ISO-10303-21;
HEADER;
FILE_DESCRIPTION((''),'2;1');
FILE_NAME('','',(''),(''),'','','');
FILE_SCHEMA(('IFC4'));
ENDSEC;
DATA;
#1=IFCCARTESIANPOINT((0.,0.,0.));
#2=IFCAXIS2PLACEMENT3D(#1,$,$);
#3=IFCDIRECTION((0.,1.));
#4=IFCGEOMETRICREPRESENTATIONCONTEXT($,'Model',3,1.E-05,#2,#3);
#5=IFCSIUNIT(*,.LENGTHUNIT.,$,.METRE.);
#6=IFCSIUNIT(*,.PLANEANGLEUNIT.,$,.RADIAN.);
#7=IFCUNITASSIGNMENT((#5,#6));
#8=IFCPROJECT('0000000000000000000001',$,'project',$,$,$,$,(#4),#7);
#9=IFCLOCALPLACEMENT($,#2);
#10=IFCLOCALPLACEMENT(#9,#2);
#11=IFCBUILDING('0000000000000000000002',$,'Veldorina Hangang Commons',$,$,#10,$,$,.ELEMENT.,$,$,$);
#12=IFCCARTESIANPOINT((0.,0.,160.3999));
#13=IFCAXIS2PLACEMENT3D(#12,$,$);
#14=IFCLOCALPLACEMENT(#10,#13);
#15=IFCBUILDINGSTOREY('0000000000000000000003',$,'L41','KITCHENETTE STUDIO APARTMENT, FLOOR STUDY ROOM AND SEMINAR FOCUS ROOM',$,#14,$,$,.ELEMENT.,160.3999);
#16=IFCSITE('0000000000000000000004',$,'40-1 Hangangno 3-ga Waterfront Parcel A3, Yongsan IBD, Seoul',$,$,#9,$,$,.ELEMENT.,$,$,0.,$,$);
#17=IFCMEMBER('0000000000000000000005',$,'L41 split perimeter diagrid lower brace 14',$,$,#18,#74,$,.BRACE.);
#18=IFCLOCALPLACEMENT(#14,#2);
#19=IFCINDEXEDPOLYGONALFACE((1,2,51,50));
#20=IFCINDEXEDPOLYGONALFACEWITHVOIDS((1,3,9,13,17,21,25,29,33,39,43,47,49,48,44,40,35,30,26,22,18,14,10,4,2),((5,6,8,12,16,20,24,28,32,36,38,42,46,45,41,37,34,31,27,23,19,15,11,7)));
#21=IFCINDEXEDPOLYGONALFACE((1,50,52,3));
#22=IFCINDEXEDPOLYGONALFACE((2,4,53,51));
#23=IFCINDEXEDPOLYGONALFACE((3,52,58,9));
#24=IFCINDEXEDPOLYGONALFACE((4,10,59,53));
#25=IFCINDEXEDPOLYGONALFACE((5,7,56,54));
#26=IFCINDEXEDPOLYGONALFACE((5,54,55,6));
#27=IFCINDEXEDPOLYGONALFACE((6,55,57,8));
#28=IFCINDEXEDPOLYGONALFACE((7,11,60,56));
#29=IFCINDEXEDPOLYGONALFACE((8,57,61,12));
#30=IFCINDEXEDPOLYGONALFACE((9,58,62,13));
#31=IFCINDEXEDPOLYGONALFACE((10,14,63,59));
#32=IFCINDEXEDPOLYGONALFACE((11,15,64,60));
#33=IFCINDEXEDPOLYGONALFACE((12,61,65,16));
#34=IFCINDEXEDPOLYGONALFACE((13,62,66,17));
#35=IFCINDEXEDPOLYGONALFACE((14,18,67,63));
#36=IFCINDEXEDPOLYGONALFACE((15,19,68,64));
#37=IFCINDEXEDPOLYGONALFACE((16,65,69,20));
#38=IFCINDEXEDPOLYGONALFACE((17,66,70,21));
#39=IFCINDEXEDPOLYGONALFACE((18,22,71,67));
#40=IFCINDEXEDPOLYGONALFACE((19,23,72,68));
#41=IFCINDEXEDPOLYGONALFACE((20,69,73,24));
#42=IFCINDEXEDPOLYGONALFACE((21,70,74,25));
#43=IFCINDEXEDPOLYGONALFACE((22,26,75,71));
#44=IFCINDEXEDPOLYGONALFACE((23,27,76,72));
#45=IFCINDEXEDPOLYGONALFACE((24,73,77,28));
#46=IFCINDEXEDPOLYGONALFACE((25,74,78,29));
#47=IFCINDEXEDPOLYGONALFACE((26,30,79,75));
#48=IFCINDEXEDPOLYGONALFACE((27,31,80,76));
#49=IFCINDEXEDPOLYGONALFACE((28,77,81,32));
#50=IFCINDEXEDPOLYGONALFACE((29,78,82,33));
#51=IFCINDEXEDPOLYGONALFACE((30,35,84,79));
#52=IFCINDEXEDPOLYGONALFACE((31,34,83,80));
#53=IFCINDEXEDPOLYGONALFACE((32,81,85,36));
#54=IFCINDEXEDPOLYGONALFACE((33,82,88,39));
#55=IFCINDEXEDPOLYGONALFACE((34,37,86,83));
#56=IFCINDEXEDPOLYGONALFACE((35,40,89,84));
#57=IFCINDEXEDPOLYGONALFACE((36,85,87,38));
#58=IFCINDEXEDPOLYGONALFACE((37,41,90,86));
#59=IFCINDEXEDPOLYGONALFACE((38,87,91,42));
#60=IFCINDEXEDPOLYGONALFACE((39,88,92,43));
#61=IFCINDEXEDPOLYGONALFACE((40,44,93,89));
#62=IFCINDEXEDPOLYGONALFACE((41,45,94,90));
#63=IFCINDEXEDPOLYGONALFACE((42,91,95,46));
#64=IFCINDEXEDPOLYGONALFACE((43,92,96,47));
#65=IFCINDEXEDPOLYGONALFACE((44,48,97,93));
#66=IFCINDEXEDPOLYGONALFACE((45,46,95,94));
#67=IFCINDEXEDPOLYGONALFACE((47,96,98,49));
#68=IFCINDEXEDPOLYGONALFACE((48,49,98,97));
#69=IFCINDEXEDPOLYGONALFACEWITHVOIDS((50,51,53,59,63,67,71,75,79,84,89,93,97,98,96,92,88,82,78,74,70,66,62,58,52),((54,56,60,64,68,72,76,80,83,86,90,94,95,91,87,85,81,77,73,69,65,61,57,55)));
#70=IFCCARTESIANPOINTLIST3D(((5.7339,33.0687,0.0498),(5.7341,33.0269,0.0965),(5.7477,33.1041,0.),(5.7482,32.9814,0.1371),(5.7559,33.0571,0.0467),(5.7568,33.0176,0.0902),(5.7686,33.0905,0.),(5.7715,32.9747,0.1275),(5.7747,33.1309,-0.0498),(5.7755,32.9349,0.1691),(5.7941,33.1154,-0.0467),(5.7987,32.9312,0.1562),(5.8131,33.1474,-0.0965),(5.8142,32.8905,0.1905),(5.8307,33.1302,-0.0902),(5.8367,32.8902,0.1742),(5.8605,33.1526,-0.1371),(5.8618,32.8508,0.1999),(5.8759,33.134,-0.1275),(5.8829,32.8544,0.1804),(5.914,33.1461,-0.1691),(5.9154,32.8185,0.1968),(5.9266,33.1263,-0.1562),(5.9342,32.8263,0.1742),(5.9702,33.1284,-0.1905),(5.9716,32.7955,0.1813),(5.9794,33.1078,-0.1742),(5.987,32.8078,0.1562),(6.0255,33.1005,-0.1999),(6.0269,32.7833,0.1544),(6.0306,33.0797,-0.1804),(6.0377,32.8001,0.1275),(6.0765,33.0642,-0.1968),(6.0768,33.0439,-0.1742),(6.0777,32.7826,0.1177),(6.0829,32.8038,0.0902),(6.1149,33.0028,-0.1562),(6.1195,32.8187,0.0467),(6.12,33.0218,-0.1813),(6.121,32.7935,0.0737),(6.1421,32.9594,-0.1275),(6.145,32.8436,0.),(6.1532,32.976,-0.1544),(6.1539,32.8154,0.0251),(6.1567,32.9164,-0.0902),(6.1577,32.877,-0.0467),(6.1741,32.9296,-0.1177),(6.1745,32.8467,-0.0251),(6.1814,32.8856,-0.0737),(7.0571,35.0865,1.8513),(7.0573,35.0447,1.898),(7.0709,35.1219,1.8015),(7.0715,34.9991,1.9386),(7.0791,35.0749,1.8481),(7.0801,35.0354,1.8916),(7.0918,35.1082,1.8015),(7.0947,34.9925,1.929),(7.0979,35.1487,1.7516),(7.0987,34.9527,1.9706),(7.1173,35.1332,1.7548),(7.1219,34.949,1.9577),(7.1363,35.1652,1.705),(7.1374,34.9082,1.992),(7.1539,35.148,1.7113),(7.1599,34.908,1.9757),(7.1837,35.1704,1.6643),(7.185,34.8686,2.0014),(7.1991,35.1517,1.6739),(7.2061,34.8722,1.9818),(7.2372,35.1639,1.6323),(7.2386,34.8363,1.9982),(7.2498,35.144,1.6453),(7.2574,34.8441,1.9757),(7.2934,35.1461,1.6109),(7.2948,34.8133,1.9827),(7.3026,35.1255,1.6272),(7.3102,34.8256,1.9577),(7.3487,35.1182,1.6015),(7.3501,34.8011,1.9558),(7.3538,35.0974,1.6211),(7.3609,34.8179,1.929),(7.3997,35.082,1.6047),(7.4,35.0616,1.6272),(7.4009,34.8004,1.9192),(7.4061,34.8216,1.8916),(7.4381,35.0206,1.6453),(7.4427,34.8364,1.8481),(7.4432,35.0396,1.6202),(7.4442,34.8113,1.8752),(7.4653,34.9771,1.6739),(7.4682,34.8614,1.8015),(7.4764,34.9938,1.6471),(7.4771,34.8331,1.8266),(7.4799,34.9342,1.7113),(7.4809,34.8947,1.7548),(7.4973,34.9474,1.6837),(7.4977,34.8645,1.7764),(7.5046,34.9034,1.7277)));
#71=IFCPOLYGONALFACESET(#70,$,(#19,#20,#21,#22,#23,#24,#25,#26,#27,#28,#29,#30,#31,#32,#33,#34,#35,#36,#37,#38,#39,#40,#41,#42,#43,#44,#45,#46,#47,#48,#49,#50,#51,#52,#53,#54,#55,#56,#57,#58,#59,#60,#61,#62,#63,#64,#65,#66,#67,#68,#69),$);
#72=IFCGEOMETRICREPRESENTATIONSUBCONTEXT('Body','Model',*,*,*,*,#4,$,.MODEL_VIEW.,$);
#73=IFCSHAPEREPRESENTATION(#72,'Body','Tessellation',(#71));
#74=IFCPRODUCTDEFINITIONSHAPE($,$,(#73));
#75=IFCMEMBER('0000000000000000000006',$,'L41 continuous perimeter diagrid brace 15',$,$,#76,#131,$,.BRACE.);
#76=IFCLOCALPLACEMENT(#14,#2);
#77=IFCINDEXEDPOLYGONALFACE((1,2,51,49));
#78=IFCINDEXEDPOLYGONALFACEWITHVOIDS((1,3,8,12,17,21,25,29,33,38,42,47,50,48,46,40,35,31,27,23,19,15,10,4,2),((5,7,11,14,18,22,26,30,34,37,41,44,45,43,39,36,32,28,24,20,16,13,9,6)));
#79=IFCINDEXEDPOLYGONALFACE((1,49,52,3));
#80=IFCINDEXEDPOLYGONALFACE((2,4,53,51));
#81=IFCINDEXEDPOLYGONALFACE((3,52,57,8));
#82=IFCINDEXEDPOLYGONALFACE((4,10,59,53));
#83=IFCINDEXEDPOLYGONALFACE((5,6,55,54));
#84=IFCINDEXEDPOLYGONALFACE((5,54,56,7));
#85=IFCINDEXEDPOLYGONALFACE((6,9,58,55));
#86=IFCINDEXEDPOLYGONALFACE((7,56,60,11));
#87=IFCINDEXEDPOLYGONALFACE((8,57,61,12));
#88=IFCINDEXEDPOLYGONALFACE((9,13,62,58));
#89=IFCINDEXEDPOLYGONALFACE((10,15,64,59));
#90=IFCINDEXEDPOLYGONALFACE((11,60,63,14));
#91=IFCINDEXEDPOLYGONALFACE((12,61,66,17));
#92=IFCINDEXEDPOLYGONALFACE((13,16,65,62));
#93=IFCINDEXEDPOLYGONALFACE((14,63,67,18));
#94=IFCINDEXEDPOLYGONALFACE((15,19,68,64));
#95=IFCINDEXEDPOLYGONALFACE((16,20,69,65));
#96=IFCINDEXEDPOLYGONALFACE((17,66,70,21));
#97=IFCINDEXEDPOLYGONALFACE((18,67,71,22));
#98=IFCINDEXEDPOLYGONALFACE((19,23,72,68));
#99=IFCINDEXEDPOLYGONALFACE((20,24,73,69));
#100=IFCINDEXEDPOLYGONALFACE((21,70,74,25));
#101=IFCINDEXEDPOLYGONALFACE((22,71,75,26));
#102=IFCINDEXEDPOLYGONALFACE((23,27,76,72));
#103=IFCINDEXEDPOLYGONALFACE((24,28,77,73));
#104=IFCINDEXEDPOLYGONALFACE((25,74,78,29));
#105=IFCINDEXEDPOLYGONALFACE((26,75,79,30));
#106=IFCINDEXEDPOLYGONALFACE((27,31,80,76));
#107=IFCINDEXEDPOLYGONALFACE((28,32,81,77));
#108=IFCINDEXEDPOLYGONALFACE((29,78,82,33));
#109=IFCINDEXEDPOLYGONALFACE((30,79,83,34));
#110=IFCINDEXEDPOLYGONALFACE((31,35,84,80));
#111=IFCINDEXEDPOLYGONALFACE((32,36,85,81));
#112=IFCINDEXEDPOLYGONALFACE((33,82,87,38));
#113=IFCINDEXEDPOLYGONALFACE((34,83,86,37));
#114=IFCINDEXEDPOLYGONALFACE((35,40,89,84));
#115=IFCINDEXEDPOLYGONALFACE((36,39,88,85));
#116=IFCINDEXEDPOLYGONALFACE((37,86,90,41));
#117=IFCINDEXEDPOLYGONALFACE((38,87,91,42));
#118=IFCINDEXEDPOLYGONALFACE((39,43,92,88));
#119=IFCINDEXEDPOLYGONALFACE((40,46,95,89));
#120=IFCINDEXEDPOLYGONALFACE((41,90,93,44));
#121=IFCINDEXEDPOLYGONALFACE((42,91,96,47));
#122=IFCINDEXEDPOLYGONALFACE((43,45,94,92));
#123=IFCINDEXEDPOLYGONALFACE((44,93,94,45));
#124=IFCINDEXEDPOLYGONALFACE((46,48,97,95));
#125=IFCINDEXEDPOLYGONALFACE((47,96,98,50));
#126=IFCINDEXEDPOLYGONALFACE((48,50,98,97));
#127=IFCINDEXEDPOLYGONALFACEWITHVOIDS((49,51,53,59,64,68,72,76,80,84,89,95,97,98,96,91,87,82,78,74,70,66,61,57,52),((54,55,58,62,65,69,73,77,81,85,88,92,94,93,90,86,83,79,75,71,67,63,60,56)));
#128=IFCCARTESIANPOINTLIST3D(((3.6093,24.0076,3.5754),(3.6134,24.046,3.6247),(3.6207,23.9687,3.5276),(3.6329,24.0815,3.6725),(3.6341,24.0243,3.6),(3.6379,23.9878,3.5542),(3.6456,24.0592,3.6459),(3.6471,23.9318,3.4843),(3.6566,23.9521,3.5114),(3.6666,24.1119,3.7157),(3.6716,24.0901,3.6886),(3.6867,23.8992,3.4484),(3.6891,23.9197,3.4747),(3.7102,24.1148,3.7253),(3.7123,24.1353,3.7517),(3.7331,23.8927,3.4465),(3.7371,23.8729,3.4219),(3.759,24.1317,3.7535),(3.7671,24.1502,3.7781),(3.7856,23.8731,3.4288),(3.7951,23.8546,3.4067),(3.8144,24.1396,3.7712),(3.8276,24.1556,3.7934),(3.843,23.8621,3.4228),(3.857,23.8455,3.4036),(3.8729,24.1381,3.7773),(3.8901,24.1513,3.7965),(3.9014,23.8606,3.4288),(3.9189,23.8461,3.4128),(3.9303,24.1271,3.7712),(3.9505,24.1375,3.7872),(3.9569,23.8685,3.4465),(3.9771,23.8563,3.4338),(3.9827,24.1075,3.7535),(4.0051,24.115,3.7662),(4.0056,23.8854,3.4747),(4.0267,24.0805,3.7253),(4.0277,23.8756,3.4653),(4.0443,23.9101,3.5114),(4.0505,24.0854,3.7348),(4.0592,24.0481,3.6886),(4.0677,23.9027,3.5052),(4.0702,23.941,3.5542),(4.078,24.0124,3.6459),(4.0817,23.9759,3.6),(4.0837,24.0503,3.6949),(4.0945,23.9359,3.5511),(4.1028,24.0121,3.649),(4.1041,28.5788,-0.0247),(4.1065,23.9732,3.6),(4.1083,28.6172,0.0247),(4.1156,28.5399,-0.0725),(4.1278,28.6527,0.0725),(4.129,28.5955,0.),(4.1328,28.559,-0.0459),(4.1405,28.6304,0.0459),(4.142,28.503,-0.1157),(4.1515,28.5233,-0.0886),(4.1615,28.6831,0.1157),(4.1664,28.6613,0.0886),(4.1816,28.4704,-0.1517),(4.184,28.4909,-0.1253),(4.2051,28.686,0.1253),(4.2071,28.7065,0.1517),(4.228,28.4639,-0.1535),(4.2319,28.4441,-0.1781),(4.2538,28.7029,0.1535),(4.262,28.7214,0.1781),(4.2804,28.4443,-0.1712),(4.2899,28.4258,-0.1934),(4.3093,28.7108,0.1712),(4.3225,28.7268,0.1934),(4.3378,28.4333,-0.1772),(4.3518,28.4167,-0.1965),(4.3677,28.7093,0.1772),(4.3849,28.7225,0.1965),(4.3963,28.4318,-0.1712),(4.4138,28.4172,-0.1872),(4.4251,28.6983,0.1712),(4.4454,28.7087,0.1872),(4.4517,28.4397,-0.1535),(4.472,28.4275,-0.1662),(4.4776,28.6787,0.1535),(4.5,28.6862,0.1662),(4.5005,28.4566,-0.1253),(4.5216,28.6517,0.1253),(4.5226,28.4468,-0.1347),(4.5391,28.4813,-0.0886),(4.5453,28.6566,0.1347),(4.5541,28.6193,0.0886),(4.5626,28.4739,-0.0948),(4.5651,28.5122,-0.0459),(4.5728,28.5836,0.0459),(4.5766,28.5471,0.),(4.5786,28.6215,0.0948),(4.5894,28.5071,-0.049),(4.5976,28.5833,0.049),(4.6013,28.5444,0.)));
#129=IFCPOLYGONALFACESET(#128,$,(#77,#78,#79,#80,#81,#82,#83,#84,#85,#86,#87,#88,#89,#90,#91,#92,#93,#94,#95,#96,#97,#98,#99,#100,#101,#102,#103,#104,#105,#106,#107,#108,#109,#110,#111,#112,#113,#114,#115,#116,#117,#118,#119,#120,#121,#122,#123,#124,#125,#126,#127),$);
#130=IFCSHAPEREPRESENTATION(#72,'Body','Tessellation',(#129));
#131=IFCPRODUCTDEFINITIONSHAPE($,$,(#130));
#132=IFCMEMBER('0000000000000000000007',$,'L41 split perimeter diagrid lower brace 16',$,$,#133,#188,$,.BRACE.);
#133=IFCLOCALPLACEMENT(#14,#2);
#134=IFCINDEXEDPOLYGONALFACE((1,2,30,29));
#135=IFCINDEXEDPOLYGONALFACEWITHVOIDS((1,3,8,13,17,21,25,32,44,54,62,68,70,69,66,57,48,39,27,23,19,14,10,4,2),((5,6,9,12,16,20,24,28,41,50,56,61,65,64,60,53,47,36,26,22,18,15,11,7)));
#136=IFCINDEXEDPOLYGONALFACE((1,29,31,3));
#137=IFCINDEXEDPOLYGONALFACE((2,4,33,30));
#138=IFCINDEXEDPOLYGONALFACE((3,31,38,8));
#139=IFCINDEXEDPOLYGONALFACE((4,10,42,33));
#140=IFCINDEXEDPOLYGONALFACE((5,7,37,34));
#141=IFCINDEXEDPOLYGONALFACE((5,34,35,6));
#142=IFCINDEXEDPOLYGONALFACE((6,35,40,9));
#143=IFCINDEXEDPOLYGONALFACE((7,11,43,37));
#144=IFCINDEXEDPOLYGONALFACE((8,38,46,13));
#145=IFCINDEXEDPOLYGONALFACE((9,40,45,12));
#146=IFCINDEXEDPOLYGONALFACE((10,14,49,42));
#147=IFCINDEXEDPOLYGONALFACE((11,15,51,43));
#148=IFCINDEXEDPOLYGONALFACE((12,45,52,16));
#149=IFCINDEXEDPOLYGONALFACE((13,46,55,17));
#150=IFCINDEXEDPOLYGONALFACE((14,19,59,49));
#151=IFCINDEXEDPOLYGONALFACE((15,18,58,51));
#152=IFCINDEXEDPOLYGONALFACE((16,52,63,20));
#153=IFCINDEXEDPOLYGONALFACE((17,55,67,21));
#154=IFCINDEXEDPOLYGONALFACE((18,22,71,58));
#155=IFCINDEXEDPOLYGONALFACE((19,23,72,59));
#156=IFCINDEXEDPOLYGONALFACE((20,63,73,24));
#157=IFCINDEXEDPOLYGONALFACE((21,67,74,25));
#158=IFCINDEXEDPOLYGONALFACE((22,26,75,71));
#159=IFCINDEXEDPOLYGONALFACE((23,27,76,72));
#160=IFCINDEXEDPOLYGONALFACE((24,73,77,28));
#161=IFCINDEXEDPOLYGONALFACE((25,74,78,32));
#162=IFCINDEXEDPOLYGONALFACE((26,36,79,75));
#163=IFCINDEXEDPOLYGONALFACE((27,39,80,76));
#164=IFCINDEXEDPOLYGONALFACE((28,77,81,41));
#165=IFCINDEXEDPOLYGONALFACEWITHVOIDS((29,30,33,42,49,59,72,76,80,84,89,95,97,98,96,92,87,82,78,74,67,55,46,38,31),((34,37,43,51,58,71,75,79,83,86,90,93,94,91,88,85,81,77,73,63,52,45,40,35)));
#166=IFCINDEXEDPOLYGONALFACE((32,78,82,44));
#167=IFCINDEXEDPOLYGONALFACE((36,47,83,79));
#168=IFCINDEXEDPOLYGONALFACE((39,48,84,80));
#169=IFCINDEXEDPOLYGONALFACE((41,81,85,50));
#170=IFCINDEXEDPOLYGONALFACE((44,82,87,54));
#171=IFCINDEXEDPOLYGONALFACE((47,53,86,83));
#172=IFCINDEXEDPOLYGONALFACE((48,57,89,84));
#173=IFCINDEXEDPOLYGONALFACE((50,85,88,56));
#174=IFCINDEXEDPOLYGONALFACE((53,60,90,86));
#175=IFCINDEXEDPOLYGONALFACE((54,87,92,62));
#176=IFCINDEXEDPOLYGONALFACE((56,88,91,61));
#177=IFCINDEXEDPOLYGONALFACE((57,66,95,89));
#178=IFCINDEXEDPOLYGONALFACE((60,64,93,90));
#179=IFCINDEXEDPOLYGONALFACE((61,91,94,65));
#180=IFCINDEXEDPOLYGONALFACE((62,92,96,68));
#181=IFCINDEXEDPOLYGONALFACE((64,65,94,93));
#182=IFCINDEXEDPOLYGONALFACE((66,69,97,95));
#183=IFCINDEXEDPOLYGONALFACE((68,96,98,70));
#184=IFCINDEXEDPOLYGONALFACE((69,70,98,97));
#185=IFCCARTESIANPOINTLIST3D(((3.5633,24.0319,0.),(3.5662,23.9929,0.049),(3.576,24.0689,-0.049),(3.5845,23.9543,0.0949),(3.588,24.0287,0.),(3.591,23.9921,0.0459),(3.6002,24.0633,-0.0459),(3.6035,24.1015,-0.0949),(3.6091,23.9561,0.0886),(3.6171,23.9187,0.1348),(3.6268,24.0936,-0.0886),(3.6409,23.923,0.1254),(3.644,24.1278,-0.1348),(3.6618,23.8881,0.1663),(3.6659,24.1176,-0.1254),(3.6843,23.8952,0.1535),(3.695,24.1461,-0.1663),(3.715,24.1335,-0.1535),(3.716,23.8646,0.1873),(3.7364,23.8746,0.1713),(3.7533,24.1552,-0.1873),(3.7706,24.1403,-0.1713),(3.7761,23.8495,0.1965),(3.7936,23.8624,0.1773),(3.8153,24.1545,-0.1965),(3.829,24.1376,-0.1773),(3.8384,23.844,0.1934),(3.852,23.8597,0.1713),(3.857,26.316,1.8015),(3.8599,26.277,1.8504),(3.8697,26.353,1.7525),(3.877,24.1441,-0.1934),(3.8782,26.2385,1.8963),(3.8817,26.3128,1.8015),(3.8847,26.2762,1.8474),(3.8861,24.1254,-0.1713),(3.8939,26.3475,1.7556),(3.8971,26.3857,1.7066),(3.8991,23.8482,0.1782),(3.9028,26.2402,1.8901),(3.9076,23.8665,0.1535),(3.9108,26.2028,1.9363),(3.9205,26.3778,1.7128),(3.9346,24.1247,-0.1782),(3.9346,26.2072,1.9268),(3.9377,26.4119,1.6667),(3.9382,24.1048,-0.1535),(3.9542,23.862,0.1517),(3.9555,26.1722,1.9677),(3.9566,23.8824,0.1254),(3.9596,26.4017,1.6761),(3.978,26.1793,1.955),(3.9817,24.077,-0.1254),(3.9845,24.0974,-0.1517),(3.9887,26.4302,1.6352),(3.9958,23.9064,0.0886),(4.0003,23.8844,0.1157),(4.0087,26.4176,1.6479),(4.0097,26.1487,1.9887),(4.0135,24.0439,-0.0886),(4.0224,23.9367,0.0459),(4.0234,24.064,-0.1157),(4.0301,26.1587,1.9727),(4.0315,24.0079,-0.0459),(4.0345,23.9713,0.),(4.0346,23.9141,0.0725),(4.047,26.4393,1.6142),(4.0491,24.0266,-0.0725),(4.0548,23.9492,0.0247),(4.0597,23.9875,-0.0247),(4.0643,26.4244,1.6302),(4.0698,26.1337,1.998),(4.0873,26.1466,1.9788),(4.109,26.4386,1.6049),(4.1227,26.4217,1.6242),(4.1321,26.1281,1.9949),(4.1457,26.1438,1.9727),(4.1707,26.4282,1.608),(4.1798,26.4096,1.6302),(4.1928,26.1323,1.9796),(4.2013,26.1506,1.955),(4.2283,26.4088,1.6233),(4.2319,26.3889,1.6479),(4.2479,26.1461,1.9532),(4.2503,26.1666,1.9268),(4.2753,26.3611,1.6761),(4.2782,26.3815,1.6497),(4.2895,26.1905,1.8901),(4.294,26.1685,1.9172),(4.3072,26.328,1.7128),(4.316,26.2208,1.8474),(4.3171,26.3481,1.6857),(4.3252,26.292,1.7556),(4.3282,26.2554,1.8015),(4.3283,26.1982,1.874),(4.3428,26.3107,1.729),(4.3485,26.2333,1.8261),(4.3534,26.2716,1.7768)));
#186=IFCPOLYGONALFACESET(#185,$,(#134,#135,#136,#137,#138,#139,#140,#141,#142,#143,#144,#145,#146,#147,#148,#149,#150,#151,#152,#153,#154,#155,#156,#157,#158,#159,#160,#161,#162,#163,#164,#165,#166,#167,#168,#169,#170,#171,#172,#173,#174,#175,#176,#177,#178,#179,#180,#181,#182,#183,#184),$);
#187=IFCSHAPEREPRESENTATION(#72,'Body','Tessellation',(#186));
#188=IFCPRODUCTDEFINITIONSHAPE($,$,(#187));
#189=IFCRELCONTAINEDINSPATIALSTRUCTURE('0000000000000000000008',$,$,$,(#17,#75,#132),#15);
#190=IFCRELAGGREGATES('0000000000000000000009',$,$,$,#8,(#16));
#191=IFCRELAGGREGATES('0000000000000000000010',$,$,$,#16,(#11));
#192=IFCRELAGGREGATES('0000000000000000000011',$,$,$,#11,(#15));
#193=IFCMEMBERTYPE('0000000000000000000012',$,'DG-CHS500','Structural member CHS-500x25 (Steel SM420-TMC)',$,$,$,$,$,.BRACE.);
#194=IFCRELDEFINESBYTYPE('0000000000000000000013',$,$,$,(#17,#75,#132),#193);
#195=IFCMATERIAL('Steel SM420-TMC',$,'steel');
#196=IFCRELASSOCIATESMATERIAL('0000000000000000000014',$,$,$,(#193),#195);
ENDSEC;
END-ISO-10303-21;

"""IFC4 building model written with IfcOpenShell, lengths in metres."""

from ifc_helpers import new_model, si_unit, direction, frame, origin, origin_2d, place, context, subcontext, project, spatial, hollow_circle, extrude, material, material_profile, profile_set, type_object, element, save


model = new_model("IFC4")

# Units and contexts
model_context = context("Model", 3, precision=1e-05, world=origin(), true_north=direction((0.0, 1.0)))
body_context = subcontext(model_context, "Body", "Model", "MODEL_VIEW")
ifc_project = project(units=[si_unit("LENGTHUNIT", "METRE"), si_unit("PLANEANGLEUNIT", "RADIAN")], contexts=[model_context])

# Site, building, storey
site_placement = place(None, origin())
site = spatial("IfcSite", under=ifc_project, at=site_placement, Name="40-1 Hangangno 3-ga Waterfront Parcel A3, Yongsan IBD, Seoul", CompositionType="ELEMENT", RefElevation=0.0)
building_placement = place(site_placement, origin())
building = spatial("IfcBuilding", under=site, at=building_placement, Name="Veldorina Hangang Commons", CompositionType="ELEMENT")
storey_placement = place(building_placement, frame((0.0, 0.0, 160.3999)))
storey = spatial("IfcBuildingStorey", under=building, at=storey_placement, Name="L41", Description="KITCHENETTE STUDIO APARTMENT, FLOOR STUDY ROOM AND SEMINAR FOCUS ROOM", CompositionType="ELEMENT", Elevation=160.3999)

# Shared definitions
ifc_material_1 = material(Name="Steel SM420-TMC", Category="steel")

# Members
ifc_material_profile_1 = material_profile(ifc_material_1, hollow_circle(Radius=0.25, WallThickness=0.0249, at=origin_2d()), Name="CHS-500x25")
ifc_profile_set_1 = profile_set([ifc_material_profile_1], Name="Steel SM420-TMC")
member_type = type_object("IfcMemberType", Name="DG-CHS500", Description="Structural member CHS-500x25 (Steel SM420-TMC)", PredefinedType="BRACE", material=ifc_profile_set_1)
member_1_placement = place(storey_placement, frame((5.9568, 32.967, 0.0), z_axis=(0.439423, 0.67008, 0.598248), x_axis=(-0.836229, 0.54838, 0.0)))
element("IfcMember", 1, at=member_1_placement, inside=storey, type_object=member_type, Name="L41 split perimeter diagrid lower brace 14", PredefinedType="BRACE", context=body_context, shape_type="SweptSolid", body=[
    extrude(hollow_circle(Radius=0.25, WallThickness=0.0249, at=origin_2d()), origin(), (0.0, 0.0, 1.0), 3.0112),
])
member_2_placement = place(storey_placement, frame((4.3528, 28.5713, 0.0), z_axis=(-0.084743, -0.782793, 0.616485), x_axis=(0.994191, -0.107628, 0.0)))
element("IfcMember", 2, at=member_2_placement, inside=storey, type_object=member_type, Name="L41 continuous perimeter diagrid brace 15", PredefinedType="BRACE", context=body_context, shape_type="SweptSolid", body=[
    extrude(hollow_circle(Radius=0.25, WallThickness=0.0249, at=origin_2d()), origin(), (0.0, 0.0, 1.0), 5.8396),
])
member_3_placement = place(storey_placement, frame((3.8113, 24.0, 0.0), z_axis=(0.100448, 0.78121, 0.616134), x_axis=(-0.991835, 0.127531, 0.0)))
element("IfcMember", 3, at=member_3_placement, inside=storey, type_object=member_type, Name="L41 split perimeter diagrid lower brace 16", PredefinedType="BRACE", context=body_context, shape_type="SweptSolid", body=[
    extrude(hollow_circle(Radius=0.25, WallThickness=0.0249, at=origin_2d()), origin(), (0.0, 0.0, 1.0), 2.9238),
])

save(model, "model.ifc")
